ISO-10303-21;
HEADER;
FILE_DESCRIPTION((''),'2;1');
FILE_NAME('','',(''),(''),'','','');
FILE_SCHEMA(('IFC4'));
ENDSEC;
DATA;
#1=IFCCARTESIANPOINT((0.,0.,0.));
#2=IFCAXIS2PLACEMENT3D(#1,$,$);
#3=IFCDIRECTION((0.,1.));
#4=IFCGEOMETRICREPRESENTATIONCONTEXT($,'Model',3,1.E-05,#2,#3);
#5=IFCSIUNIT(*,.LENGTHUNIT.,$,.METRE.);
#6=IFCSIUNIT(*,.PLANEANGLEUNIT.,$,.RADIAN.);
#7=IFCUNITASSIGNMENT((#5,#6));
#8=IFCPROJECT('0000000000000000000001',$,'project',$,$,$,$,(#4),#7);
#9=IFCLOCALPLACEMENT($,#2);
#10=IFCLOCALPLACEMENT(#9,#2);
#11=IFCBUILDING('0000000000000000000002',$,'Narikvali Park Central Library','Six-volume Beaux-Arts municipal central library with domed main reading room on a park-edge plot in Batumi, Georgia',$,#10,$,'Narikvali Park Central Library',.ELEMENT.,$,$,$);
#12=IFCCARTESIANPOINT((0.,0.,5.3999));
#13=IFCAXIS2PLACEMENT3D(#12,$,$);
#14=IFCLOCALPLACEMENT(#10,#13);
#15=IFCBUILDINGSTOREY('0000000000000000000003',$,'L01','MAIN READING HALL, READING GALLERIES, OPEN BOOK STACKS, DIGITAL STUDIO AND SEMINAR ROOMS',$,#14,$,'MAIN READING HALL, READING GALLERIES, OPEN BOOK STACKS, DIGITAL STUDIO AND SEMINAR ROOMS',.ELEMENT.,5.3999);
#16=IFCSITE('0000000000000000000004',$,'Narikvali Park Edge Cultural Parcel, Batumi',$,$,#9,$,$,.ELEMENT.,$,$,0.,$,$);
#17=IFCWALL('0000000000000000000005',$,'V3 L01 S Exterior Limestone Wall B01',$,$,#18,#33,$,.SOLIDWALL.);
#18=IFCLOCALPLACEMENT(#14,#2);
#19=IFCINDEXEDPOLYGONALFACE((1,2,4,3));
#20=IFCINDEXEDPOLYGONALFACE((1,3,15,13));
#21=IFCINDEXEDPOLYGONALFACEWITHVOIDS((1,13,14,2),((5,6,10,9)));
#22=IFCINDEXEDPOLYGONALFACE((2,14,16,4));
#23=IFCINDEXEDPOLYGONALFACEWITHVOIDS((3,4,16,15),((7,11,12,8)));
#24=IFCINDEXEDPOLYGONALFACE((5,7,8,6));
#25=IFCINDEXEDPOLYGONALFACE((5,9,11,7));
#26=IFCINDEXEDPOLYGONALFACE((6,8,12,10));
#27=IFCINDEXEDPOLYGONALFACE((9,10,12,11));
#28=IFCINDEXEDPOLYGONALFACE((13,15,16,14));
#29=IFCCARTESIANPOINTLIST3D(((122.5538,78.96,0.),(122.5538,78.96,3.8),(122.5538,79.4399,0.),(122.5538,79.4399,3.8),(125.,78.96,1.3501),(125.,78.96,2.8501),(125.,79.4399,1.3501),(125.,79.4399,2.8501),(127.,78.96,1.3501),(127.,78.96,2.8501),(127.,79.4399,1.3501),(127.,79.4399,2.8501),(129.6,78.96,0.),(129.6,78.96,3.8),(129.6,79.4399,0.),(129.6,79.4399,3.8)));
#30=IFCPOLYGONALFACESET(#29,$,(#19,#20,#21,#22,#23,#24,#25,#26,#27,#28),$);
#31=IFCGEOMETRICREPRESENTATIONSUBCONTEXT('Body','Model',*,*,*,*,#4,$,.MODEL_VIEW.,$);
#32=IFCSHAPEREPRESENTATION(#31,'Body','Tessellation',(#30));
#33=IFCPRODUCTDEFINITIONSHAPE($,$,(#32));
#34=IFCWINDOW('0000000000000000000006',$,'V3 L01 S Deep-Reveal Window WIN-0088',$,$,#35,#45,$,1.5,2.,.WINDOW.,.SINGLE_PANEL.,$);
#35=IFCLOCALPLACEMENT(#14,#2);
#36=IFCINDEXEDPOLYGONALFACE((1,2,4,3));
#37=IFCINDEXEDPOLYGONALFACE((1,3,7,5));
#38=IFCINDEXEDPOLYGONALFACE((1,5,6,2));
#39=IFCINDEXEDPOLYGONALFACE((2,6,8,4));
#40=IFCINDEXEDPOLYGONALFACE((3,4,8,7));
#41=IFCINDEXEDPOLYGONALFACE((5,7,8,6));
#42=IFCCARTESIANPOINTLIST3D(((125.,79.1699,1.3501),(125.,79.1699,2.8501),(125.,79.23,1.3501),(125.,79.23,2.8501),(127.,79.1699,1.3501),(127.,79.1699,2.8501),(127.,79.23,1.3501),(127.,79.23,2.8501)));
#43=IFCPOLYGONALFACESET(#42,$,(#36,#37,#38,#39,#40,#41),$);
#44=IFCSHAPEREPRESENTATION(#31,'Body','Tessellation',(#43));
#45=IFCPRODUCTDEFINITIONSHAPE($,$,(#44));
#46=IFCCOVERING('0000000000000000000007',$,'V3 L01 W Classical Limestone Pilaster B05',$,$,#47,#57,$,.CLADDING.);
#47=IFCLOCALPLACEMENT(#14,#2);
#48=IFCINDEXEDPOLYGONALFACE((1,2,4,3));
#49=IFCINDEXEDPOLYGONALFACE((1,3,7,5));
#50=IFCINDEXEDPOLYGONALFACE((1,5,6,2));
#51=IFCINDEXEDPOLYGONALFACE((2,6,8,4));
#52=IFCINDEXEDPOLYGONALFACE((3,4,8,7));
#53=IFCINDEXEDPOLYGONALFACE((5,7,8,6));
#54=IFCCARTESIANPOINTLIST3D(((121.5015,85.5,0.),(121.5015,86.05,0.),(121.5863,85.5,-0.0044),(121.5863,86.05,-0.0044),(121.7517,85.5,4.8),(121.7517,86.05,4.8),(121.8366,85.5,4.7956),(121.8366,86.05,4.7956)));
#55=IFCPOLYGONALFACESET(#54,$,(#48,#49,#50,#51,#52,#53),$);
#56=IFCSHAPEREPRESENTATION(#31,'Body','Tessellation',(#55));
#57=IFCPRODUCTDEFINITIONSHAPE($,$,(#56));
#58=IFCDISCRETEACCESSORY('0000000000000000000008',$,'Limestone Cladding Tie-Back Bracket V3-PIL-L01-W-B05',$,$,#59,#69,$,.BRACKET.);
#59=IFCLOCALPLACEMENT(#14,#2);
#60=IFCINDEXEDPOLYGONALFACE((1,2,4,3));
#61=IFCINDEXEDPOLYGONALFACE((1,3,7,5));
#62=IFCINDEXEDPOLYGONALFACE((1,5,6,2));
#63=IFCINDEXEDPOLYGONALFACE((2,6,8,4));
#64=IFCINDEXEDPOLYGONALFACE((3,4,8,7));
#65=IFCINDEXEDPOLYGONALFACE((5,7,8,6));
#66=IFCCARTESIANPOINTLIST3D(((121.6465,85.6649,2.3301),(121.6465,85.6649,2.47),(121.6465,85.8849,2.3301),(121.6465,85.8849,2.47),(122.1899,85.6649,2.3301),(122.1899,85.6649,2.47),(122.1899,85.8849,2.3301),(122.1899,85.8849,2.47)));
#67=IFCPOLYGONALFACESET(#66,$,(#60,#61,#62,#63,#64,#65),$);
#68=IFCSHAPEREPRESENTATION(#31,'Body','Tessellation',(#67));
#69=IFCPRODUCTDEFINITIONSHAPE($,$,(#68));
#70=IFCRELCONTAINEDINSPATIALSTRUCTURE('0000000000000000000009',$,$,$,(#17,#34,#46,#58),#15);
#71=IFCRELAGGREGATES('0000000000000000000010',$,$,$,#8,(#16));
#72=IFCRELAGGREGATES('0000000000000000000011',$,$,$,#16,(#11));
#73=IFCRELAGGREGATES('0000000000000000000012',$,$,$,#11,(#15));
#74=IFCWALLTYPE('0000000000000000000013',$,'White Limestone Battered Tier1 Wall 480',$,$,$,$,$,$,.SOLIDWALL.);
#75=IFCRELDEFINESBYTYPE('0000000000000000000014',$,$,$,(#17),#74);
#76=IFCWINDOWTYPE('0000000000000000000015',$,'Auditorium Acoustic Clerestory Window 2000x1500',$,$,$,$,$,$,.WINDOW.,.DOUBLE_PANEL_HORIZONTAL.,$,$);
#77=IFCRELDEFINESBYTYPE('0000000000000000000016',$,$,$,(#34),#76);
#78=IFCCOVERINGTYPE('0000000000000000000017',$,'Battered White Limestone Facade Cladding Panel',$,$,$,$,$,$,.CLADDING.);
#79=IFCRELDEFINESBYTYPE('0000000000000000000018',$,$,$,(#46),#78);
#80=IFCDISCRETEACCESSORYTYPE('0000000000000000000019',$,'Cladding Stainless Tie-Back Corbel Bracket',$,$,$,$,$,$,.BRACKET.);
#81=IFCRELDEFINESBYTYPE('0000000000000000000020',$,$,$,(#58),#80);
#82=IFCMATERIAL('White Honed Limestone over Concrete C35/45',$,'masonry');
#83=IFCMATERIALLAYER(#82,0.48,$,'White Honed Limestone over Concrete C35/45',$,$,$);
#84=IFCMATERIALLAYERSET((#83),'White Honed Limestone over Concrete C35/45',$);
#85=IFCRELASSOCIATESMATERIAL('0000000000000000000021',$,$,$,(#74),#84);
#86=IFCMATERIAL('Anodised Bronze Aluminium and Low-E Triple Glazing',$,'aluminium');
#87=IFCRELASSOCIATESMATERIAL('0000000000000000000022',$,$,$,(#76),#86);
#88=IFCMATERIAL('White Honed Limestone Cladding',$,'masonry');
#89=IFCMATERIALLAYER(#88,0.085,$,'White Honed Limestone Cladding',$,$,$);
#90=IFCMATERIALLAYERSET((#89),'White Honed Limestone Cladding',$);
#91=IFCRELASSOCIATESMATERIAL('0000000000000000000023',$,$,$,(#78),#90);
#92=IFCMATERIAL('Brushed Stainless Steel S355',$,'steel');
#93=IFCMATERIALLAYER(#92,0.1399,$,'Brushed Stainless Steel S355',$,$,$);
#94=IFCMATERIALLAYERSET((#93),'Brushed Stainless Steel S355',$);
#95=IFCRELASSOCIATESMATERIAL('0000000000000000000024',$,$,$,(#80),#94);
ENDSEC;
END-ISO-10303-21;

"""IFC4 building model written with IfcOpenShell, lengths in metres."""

from ifc_helpers import new_model, si_unit, direction, frame, frame_2d, origin, origin_2d, place, context, subcontext, project, spatial, polyline, rectangle, outline, extrude, material, layer, layer_set, type_object, element, fill, save


model = new_model("IFC4")

# Units and contexts
model_context = context("Model", 3, precision=1e-05, world=origin(), true_north=direction((0.0, 1.0)))
body_context = subcontext(model_context, "Body", "Model", "MODEL_VIEW")
ifc_project = project(units=[si_unit("LENGTHUNIT", "METRE"), si_unit("PLANEANGLEUNIT", "RADIAN")], contexts=[model_context])

# Site, building, storey
site_placement = place(None, origin())
site = spatial("IfcSite", under=ifc_project, at=site_placement, Name="Narikvali Park Edge Cultural Parcel, Batumi", CompositionType="ELEMENT", RefElevation=0.0)
building_placement = place(site_placement, origin())
building = spatial("IfcBuilding", under=site, at=building_placement, Name="Narikvali Park Central Library", Description="Six-volume Beaux-Arts municipal central library with domed main reading room on a park-edge plot in Batumi, Georgia", LongName="Narikvali Park Central Library", CompositionType="ELEMENT")
storey_placement = place(building_placement, frame((0.0, 0.0, 5.3999)))
storey = spatial("IfcBuildingStorey", under=building, at=storey_placement, Name="L01", Description="MAIN READING HALL, READING GALLERIES, OPEN BOOK STACKS, DIGITAL STUDIO AND SEMINAR ROOMS", LongName="MAIN READING HALL, READING GALLERIES, OPEN BOOK STACKS, DIGITAL STUDIO AND SEMINAR ROOMS", CompositionType="ELEMENT", Elevation=5.3999)

# Wall, opening, window
ifc_material_1 = material(Name="White Honed Limestone over Concrete C35/45", Category="masonry")
ifc_layer_1 = layer(ifc_material_1, 0.48, Name="White Honed Limestone over Concrete C35/45")
ifc_layer_set_1 = layer_set([ifc_layer_1], Name="White Honed Limestone over Concrete C35/45")
wall_type = type_object("IfcWallType", Name="White Limestone Battered Tier1 Wall 480", PredefinedType="SOLIDWALL", material=ifc_layer_set_1)
wall_placement = place(storey_placement, frame((122.554, 79.2, 0.0), z_axis=(0.0, 0.0, 1.0), x_axis=(1.0, 0.0, 0.0)))
wall = element("IfcWall", 1, at=wall_placement, inside=storey, type_object=wall_type, Name="V3 L01 S Exterior Limestone Wall B01", PredefinedType="SOLIDWALL", context=body_context, shape_type="SweptSolid", body=[
    extrude(rectangle(XDim=7.0461, YDim=0.48, at=frame_2d((3.5229, 0.0))), origin(), (0.0, 0.0, 1.0), 3.8),
])
opening_placement = place(wall_placement, frame((2.446, 0.0, 1.3501)))
opening = element("IfcOpeningElement", 2, at=opening_placement, cuts=wall, PredefinedType="OPENING", context=body_context, shape_type="SweptSolid", body=[
    extrude(rectangle(XDim=2.0, YDim=1.5, at=frame_2d((1.0, 0.75))), frame((0.0, 0.252, 0.0), z_axis=(0.0, -1.0, 0.0), x_axis=(1.0, 0.0, 0.0)), (0.0, 0.0, 1.0), 0.5039),
])
ifc_material_2 = material(Name="Anodised Bronze Aluminium and Low-E Triple Glazing", Category="aluminium")
window_type = type_object("IfcWindowType", Name="Auditorium Acoustic Clerestory Window 2000x1500", PartitioningType="DOUBLE_PANEL_HORIZONTAL", PredefinedType="WINDOW", material=ifc_material_2)
window_placement = place(opening_placement, origin())
window = element("IfcWindow", 3, at=window_placement, inside=storey, type_object=window_type, Name="V3 L01 S Deep-Reveal Window WIN-0088", OverallHeight=1.5, OverallWidth=2.0, PartitioningType="SINGLE_PANEL", PredefinedType="WINDOW", context=body_context, shape_type="SweptSolid", body=[
    extrude(rectangle(XDim=2.0, YDim=1.5, at=frame_2d((1.0, 0.75))), frame((0.0, 0.03, 0.0), z_axis=(0.0, -1.0, 0.0), x_axis=(1.0, 0.0, 0.0)), (0.0, 0.0, 1.0), 0.0601),
])
fill(opening, window)

# Covering
ifc_material_3 = material(Name="White Honed Limestone Cladding", Category="masonry")
ifc_layer_2 = layer(ifc_material_3, 0.085, Name="White Honed Limestone Cladding")
ifc_layer_set_2 = layer_set([ifc_layer_2], Name="White Honed Limestone Cladding")
covering_type = type_object("IfcCoveringType", Name="Battered White Limestone Facade Cladding Panel", PredefinedType="CLADDING", material=ifc_layer_set_2)
covering_placement = place(storey_placement, frame((121.5015, 86.05, 0.0), z_axis=(-0.998644, 0.0, 0.052063), x_axis=(0.0, -1.0, 0.0)))
element("IfcCovering", 4, at=covering_placement, inside=storey, type_object=covering_type, Name="V3 L01 W Classical Limestone Pilaster B05", PredefinedType="CLADDING", context=body_context, shape_type="SweptSolid", body=[
    extrude(outline(polyline([(0.0, 0.0), (0.55, 0.0), (0.55, 4.8066), (0.0, 4.8066), (0.0, 0.0)])), origin(), (0.0, 0.0, -1.0), 0.085),
])

# Discrete accessory
ifc_material_4 = material(Name="Brushed Stainless Steel S355", Category="steel")
ifc_layer_3 = layer(ifc_material_4, 0.1399, Name="Brushed Stainless Steel S355")
ifc_layer_set_3 = layer_set([ifc_layer_3], Name="Brushed Stainless Steel S355")
discrete_accessory_type = type_object("IfcDiscreteAccessoryType", Name="Cladding Stainless Tie-Back Corbel Bracket", PredefinedType="BRACKET", material=ifc_layer_set_3)
discrete_accessory_placement = place(storey_placement, frame((121.9182, 85.7749, 2.3301), z_axis=(0.0, 0.0, 1.0), x_axis=(1.0, 0.0, 0.0)))
element("IfcDiscreteAccessory", 5, at=discrete_accessory_placement, inside=storey, type_object=discrete_accessory_type, Name="Limestone Cladding Tie-Back Bracket V3-PIL-L01-W-B05", PredefinedType="BRACKET", context=body_context, shape_type="SweptSolid", body=[
    extrude(rectangle(XDim=0.5435, YDim=0.22, at=origin_2d()), origin(), (0.0, 0.0, 1.0), 0.1399),
])

save(model, "model.ifc")
